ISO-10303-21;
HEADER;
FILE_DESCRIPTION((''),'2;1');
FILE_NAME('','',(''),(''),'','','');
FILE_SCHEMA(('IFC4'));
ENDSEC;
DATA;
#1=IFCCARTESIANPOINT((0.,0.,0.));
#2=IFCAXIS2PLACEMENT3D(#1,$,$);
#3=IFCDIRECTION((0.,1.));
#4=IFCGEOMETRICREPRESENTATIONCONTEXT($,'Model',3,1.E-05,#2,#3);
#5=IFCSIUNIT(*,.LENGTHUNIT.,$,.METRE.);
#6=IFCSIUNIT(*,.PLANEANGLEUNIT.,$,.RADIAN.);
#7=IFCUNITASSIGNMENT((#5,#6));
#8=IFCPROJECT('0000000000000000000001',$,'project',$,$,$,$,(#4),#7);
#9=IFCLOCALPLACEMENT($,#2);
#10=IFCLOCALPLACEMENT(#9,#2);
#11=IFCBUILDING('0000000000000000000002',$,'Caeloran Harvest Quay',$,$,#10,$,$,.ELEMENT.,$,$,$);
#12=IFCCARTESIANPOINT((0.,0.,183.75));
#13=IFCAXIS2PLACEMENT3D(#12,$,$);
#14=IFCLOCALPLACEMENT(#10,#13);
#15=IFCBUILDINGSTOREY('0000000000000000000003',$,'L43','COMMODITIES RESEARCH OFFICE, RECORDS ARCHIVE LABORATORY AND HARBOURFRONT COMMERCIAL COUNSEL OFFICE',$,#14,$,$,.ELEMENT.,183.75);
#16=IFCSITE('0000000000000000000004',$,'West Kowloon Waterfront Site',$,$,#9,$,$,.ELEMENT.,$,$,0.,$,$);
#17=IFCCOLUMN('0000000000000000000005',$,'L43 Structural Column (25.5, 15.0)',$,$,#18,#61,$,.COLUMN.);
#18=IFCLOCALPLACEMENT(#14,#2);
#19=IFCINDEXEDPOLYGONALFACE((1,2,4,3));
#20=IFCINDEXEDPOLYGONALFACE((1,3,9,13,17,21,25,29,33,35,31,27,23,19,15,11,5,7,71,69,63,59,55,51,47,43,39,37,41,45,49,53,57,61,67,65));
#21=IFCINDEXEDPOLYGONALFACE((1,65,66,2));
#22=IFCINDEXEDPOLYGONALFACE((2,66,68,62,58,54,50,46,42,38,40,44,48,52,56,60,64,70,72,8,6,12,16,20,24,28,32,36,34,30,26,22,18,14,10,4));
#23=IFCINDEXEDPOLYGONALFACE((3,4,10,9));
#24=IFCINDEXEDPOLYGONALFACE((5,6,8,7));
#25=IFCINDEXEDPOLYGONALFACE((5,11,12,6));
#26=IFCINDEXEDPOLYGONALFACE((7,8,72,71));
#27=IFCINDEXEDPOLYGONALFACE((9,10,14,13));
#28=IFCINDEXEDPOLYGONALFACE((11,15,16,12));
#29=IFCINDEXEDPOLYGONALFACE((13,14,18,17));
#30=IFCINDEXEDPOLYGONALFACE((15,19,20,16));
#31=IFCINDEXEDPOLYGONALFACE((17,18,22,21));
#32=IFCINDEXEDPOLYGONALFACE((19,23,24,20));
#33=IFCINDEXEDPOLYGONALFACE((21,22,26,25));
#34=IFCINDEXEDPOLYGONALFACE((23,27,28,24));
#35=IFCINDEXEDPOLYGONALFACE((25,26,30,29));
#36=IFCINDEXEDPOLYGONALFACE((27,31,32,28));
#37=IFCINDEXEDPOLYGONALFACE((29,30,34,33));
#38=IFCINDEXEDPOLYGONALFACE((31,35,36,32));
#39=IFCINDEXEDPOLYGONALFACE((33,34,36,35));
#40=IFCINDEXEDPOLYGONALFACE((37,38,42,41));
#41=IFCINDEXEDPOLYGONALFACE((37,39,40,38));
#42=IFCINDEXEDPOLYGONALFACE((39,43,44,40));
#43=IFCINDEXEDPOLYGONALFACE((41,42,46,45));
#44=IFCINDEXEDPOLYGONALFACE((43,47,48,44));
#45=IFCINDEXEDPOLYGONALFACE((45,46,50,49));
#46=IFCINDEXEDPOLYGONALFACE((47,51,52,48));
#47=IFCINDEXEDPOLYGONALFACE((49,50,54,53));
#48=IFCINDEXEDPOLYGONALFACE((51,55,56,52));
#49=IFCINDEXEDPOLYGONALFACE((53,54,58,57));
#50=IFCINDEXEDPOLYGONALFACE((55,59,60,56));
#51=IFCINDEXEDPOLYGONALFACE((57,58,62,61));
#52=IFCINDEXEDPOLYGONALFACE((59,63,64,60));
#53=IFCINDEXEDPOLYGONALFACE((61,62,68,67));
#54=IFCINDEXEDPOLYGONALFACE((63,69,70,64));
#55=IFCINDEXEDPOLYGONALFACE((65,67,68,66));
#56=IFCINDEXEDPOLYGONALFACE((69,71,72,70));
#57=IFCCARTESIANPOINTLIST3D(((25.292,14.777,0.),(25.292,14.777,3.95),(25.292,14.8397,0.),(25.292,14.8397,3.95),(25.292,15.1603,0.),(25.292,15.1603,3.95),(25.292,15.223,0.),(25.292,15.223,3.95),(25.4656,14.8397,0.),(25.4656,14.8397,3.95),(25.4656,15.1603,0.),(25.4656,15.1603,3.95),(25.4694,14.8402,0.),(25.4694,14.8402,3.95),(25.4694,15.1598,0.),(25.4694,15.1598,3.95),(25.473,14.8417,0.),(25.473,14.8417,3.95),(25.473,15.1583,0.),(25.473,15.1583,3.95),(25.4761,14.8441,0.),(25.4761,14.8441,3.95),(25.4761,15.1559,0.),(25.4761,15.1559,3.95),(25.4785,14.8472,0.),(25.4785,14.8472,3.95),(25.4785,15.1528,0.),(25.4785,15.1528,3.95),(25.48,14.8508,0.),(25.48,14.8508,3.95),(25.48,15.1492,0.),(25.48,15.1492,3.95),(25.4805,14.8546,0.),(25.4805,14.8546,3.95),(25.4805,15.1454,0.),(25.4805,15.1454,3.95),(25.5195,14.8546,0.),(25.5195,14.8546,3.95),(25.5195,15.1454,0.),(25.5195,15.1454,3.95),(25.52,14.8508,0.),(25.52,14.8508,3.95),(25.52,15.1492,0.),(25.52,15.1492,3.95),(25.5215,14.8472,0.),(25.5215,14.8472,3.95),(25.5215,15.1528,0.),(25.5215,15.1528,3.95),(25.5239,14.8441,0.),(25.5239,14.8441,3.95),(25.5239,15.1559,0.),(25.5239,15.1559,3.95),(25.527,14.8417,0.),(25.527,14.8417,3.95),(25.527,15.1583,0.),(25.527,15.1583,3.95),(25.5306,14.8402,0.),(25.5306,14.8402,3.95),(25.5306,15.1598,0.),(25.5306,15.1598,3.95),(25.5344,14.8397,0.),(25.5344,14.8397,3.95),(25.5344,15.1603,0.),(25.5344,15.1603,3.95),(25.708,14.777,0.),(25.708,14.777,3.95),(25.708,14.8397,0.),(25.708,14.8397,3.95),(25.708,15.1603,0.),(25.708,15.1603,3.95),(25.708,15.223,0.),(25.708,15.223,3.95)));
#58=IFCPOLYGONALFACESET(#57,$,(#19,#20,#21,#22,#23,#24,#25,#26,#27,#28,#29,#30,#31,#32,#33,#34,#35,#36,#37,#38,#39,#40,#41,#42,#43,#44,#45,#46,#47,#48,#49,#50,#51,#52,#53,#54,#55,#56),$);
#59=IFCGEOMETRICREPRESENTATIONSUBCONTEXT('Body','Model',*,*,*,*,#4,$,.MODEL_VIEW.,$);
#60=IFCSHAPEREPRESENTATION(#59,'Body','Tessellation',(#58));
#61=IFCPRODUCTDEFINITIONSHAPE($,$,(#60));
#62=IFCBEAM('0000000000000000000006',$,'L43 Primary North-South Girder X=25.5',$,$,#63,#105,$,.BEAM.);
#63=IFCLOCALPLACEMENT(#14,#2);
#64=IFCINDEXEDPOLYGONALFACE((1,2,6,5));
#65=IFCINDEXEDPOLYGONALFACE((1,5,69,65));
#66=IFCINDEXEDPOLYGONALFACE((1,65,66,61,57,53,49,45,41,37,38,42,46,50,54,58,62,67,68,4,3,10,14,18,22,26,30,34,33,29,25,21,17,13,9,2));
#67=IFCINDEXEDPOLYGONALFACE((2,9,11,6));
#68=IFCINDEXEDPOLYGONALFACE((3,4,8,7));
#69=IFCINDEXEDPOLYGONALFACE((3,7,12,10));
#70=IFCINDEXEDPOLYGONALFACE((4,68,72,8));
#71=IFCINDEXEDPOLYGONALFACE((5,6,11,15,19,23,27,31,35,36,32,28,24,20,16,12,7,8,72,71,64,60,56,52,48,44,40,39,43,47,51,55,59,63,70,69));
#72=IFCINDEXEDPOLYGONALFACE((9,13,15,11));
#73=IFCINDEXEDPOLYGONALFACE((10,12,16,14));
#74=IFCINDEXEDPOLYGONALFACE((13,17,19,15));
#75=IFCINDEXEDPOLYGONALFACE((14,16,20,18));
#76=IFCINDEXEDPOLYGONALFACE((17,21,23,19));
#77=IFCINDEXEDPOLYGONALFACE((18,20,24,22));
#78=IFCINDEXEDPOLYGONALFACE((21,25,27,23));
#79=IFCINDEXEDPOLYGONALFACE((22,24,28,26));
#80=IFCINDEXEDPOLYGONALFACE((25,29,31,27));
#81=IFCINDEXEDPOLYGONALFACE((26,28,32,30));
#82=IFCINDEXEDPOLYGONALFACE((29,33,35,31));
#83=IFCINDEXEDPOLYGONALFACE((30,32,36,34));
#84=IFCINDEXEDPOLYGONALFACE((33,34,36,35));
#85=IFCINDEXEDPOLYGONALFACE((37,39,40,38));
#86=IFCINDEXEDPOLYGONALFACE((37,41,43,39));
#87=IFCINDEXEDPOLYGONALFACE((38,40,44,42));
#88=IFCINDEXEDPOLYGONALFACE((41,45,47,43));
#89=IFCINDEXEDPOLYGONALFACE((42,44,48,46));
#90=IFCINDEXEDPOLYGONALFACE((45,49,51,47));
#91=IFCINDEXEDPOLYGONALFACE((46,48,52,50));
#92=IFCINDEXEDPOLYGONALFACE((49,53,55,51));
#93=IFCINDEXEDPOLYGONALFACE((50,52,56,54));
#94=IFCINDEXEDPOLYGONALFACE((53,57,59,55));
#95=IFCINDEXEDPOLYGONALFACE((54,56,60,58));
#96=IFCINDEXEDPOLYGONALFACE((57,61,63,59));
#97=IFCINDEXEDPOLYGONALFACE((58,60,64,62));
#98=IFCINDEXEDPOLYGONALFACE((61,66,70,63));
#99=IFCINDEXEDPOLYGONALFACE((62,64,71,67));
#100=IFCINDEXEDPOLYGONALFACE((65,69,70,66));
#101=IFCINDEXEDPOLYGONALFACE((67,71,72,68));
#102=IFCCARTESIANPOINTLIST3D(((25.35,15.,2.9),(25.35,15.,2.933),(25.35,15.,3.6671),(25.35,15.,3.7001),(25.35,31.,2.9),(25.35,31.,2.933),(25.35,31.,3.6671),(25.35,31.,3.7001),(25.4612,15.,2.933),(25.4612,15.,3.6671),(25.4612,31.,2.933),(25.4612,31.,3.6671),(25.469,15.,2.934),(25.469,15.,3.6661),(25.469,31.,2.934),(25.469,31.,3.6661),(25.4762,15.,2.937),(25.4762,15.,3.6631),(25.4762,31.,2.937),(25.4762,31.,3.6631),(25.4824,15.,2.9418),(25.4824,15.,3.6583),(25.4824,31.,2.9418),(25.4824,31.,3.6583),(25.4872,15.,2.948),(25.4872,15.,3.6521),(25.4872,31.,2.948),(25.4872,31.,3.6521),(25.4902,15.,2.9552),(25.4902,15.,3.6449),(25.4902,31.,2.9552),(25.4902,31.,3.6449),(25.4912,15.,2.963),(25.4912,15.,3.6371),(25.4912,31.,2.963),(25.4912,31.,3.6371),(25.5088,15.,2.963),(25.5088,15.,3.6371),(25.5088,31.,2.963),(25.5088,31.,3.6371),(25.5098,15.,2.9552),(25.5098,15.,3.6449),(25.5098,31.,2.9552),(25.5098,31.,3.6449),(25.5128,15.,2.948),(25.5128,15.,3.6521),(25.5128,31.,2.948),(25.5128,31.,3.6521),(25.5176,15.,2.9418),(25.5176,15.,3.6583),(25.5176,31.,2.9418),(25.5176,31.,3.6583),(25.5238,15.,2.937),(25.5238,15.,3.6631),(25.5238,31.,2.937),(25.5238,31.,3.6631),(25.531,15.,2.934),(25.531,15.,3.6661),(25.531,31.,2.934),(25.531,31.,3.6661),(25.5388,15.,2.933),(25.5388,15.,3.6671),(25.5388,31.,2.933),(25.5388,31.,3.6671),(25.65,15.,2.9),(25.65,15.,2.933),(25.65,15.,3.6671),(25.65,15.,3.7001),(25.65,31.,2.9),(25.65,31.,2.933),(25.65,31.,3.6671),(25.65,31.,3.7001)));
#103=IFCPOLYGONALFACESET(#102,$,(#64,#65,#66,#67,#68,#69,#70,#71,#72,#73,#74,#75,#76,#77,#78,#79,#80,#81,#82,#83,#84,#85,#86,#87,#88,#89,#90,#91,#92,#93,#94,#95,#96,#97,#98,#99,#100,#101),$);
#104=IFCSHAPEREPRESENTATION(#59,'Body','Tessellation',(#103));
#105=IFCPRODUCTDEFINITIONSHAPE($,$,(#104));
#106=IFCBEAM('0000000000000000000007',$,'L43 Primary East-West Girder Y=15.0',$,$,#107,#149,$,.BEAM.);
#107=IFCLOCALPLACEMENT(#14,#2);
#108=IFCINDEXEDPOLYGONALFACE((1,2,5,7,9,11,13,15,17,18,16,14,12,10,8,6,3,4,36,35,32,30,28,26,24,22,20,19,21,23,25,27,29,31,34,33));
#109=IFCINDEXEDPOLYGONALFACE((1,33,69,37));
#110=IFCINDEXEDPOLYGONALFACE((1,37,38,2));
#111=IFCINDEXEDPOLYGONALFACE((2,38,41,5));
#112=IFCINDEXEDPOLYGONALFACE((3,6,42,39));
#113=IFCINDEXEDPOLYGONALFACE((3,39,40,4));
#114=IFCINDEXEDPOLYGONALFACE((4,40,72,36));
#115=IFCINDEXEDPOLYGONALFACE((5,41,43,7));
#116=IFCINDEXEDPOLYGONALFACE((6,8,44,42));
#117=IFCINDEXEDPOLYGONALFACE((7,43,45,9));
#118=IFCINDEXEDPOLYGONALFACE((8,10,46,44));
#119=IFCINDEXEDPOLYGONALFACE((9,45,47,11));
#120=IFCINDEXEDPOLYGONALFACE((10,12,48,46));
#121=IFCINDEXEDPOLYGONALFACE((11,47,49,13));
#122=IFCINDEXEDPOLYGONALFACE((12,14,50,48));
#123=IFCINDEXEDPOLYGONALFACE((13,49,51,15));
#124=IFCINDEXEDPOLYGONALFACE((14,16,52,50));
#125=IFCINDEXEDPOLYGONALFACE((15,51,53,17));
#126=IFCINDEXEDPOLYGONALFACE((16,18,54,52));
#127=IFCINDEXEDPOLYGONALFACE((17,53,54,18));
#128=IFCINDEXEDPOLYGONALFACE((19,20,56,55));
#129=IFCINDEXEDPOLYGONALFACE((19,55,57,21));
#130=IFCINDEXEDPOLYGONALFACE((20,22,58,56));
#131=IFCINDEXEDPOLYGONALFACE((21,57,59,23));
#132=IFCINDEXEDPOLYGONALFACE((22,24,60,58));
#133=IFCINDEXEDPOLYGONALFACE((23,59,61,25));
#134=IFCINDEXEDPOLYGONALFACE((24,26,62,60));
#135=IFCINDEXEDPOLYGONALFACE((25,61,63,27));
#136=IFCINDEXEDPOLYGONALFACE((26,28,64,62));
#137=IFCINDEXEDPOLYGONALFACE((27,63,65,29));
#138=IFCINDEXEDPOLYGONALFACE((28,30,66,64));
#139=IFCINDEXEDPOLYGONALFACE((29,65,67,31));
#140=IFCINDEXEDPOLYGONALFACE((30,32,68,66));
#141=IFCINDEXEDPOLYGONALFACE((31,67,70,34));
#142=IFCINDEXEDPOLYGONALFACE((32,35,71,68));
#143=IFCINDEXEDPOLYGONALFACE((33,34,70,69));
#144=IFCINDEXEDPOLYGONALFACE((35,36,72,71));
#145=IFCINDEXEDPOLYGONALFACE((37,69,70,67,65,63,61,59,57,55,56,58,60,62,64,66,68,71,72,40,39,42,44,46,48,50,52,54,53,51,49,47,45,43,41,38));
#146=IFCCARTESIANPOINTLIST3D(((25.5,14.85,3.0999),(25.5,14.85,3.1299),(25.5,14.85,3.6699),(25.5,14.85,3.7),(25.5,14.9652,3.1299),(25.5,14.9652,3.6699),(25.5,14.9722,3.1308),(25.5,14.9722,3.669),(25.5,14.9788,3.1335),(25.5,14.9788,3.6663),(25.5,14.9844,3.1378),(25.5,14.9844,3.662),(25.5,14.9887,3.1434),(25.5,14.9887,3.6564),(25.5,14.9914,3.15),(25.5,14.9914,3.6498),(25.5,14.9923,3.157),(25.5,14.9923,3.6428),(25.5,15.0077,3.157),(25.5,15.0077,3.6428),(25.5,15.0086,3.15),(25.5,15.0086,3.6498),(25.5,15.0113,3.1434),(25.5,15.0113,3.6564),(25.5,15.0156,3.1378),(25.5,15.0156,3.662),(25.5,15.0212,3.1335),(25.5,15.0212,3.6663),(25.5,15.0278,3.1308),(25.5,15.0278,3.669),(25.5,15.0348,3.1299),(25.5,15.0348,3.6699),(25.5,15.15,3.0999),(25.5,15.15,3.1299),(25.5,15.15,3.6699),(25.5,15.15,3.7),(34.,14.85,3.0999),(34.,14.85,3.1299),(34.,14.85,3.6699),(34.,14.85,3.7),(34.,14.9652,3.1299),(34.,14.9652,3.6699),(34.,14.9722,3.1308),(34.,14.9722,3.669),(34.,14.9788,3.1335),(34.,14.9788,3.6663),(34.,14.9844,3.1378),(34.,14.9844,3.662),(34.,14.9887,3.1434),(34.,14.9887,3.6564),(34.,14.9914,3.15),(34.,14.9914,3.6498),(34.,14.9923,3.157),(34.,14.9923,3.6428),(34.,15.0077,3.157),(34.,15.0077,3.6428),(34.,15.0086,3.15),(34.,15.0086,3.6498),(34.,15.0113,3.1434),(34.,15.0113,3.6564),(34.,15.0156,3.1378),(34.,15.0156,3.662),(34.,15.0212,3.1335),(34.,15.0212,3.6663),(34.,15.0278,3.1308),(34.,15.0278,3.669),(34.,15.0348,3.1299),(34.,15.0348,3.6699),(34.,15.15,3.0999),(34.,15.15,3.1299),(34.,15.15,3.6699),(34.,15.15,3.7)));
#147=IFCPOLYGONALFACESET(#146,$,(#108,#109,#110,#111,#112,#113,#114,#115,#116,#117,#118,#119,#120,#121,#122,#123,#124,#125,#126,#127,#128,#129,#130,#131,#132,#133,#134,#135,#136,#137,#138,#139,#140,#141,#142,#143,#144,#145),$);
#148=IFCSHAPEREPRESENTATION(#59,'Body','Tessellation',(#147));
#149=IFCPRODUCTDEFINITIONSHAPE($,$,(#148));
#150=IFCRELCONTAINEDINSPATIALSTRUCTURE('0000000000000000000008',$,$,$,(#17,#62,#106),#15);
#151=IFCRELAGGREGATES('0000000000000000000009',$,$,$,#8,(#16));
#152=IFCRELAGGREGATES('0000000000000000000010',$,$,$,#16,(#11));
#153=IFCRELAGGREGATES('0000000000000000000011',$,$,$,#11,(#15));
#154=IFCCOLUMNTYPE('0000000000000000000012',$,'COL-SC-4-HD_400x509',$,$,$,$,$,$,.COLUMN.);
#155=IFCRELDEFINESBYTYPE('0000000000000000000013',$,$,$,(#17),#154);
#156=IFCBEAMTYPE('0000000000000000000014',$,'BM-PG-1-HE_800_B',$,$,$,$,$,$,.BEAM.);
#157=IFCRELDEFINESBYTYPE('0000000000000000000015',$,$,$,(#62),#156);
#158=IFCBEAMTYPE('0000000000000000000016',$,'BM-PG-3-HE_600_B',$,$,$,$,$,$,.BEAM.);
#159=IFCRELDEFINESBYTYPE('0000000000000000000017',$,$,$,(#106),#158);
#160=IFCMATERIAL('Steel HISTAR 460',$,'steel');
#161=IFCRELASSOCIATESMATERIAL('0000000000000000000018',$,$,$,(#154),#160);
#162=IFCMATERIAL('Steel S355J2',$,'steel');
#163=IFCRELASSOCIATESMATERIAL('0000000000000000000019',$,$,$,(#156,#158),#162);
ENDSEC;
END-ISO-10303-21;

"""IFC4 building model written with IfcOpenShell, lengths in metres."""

from ifc_helpers import new_model, si_unit, direction, frame, origin, origin_2d, place, context, subcontext, project, spatial, i_section, extrude, material, material_profile, profile_set, type_object, element, save


model = new_model("IFC4")

# Units and contexts
model_context = context("Model", 3, precision=1e-05, world=origin(), true_north=direction((0.0, 1.0)))
body_context = subcontext(model_context, "Body", "Model", "MODEL_VIEW")
ifc_project = project(units=[si_unit("LENGTHUNIT", "METRE"), si_unit("PLANEANGLEUNIT", "RADIAN")], contexts=[model_context])

# Site, building, storey
site_placement = place(None, origin())
site = spatial("IfcSite", under=ifc_project, at=site_placement, Name="West Kowloon Waterfront Site", CompositionType="ELEMENT", RefElevation=0.0)
building_placement = place(site_placement, origin())
building = spatial("IfcBuilding", under=site, at=building_placement, Name="Caeloran Harvest Quay", CompositionType="ELEMENT")
storey_placement = place(building_placement, frame((0.0, 0.0, 183.75)))
storey = spatial("IfcBuildingStorey", under=building, at=storey_placement, Name="L43", Description="COMMODITIES RESEARCH OFFICE, RECORDS ARCHIVE LABORATORY AND HARBOURFRONT COMMERCIAL COUNSEL OFFICE", CompositionType="ELEMENT", Elevation=183.75)

# Column
ifc_material_1 = material(Name="Steel HISTAR 460", Category="steel")
ifc_material_profile_1 = material_profile(ifc_material_1, i_section(OverallWidth=0.416, OverallDepth=0.446, WebThickness=0.0391, FlangeThickness=0.0627, FilletRadius=0.0149, at=origin_2d()), Name="HD 400x509")
ifc_profile_set_1 = profile_set([ifc_material_profile_1], Name="Steel HISTAR 460")
column_type = type_object("IfcColumnType", Name="COL-SC-4-HD_400x509", PredefinedType="COLUMN", material=ifc_profile_set_1)
column_placement = place(storey_placement, frame((25.5, 15.0, 0.0), z_axis=(0.0, 0.0, 1.0), x_axis=(1.0, 0.0, 0.0)))
element("IfcColumn", 1, at=column_placement, inside=storey, type_object=column_type, Name="L43 Structural Column (25.5, 15.0)", PredefinedType="COLUMN", context=body_context, shape_type="SweptSolid", body=[
    extrude(i_section(OverallWidth=0.416, OverallDepth=0.446, WebThickness=0.0391, FlangeThickness=0.0627, FilletRadius=0.0149, at=origin_2d()), origin(), (0.0, 0.0, 1.0), 3.95),
])

# Beams
ifc_material_2 = material(Name="Steel S355J2", Category="steel")
ifc_material_profile_2 = material_profile(ifc_material_2, i_section(OverallWidth=0.3, OverallDepth=0.8, WebThickness=0.0176, FlangeThickness=0.033, FilletRadius=0.03, at=origin_2d()), Name="HE 800 B")
ifc_profile_set_2 = profile_set([ifc_material_profile_2], Name="Steel S355J2")
beam_type_1 = type_object("IfcBeamType", Name="BM-PG-1-HE_800_B", PredefinedType="BEAM", material=ifc_profile_set_2)
beam_1_placement = place(storey_placement, frame((25.5, 15.0, 3.3), z_axis=(0.0, 1.0, 0.0), x_axis=(-1.0, 0.0, 0.0)))
element("IfcBeam", 2, at=beam_1_placement, inside=storey, type_object=beam_type_1, Name="L43 Primary North-South Girder X=25.5", PredefinedType="BEAM", context=body_context, shape_type="SweptSolid", body=[
    extrude(i_section(OverallWidth=0.3, OverallDepth=0.8, WebThickness=0.0176, FlangeThickness=0.033, FilletRadius=0.03, at=origin_2d()), origin(), (0.0, 0.0, 1.0), 16.0),
])
ifc_material_profile_3 = material_profile(ifc_material_2, i_section(OverallWidth=0.3, OverallDepth=0.6001, WebThickness=0.0154, FlangeThickness=0.03, FilletRadius=0.0271, at=origin_2d()), Name="HE 600 B")
ifc_profile_set_3 = profile_set([ifc_material_profile_3], Name="Steel S355J2")
beam_type_2 = type_object("IfcBeamType", Name="BM-PG-3-HE_600_B", PredefinedType="BEAM", material=ifc_profile_set_3)
beam_2_placement = place(storey_placement, frame((25.5, 15.0, 3.3999), z_axis=(1.0, 0.0, 0.0), x_axis=(0.0, 1.0, 0.0)))
element("IfcBeam", 3, at=beam_2_placement, inside=storey, type_object=beam_type_2, Name="L43 Primary East-West Girder Y=15.0", PredefinedType="BEAM", context=body_context, shape_type="SweptSolid", body=[
    extrude(i_section(OverallWidth=0.3, OverallDepth=0.6001, WebThickness=0.0154, FlangeThickness=0.03, FilletRadius=0.0271, at=origin_2d()), origin(), (0.0, 0.0, 1.0), 8.5),
])

save(model, "model.ifc")
